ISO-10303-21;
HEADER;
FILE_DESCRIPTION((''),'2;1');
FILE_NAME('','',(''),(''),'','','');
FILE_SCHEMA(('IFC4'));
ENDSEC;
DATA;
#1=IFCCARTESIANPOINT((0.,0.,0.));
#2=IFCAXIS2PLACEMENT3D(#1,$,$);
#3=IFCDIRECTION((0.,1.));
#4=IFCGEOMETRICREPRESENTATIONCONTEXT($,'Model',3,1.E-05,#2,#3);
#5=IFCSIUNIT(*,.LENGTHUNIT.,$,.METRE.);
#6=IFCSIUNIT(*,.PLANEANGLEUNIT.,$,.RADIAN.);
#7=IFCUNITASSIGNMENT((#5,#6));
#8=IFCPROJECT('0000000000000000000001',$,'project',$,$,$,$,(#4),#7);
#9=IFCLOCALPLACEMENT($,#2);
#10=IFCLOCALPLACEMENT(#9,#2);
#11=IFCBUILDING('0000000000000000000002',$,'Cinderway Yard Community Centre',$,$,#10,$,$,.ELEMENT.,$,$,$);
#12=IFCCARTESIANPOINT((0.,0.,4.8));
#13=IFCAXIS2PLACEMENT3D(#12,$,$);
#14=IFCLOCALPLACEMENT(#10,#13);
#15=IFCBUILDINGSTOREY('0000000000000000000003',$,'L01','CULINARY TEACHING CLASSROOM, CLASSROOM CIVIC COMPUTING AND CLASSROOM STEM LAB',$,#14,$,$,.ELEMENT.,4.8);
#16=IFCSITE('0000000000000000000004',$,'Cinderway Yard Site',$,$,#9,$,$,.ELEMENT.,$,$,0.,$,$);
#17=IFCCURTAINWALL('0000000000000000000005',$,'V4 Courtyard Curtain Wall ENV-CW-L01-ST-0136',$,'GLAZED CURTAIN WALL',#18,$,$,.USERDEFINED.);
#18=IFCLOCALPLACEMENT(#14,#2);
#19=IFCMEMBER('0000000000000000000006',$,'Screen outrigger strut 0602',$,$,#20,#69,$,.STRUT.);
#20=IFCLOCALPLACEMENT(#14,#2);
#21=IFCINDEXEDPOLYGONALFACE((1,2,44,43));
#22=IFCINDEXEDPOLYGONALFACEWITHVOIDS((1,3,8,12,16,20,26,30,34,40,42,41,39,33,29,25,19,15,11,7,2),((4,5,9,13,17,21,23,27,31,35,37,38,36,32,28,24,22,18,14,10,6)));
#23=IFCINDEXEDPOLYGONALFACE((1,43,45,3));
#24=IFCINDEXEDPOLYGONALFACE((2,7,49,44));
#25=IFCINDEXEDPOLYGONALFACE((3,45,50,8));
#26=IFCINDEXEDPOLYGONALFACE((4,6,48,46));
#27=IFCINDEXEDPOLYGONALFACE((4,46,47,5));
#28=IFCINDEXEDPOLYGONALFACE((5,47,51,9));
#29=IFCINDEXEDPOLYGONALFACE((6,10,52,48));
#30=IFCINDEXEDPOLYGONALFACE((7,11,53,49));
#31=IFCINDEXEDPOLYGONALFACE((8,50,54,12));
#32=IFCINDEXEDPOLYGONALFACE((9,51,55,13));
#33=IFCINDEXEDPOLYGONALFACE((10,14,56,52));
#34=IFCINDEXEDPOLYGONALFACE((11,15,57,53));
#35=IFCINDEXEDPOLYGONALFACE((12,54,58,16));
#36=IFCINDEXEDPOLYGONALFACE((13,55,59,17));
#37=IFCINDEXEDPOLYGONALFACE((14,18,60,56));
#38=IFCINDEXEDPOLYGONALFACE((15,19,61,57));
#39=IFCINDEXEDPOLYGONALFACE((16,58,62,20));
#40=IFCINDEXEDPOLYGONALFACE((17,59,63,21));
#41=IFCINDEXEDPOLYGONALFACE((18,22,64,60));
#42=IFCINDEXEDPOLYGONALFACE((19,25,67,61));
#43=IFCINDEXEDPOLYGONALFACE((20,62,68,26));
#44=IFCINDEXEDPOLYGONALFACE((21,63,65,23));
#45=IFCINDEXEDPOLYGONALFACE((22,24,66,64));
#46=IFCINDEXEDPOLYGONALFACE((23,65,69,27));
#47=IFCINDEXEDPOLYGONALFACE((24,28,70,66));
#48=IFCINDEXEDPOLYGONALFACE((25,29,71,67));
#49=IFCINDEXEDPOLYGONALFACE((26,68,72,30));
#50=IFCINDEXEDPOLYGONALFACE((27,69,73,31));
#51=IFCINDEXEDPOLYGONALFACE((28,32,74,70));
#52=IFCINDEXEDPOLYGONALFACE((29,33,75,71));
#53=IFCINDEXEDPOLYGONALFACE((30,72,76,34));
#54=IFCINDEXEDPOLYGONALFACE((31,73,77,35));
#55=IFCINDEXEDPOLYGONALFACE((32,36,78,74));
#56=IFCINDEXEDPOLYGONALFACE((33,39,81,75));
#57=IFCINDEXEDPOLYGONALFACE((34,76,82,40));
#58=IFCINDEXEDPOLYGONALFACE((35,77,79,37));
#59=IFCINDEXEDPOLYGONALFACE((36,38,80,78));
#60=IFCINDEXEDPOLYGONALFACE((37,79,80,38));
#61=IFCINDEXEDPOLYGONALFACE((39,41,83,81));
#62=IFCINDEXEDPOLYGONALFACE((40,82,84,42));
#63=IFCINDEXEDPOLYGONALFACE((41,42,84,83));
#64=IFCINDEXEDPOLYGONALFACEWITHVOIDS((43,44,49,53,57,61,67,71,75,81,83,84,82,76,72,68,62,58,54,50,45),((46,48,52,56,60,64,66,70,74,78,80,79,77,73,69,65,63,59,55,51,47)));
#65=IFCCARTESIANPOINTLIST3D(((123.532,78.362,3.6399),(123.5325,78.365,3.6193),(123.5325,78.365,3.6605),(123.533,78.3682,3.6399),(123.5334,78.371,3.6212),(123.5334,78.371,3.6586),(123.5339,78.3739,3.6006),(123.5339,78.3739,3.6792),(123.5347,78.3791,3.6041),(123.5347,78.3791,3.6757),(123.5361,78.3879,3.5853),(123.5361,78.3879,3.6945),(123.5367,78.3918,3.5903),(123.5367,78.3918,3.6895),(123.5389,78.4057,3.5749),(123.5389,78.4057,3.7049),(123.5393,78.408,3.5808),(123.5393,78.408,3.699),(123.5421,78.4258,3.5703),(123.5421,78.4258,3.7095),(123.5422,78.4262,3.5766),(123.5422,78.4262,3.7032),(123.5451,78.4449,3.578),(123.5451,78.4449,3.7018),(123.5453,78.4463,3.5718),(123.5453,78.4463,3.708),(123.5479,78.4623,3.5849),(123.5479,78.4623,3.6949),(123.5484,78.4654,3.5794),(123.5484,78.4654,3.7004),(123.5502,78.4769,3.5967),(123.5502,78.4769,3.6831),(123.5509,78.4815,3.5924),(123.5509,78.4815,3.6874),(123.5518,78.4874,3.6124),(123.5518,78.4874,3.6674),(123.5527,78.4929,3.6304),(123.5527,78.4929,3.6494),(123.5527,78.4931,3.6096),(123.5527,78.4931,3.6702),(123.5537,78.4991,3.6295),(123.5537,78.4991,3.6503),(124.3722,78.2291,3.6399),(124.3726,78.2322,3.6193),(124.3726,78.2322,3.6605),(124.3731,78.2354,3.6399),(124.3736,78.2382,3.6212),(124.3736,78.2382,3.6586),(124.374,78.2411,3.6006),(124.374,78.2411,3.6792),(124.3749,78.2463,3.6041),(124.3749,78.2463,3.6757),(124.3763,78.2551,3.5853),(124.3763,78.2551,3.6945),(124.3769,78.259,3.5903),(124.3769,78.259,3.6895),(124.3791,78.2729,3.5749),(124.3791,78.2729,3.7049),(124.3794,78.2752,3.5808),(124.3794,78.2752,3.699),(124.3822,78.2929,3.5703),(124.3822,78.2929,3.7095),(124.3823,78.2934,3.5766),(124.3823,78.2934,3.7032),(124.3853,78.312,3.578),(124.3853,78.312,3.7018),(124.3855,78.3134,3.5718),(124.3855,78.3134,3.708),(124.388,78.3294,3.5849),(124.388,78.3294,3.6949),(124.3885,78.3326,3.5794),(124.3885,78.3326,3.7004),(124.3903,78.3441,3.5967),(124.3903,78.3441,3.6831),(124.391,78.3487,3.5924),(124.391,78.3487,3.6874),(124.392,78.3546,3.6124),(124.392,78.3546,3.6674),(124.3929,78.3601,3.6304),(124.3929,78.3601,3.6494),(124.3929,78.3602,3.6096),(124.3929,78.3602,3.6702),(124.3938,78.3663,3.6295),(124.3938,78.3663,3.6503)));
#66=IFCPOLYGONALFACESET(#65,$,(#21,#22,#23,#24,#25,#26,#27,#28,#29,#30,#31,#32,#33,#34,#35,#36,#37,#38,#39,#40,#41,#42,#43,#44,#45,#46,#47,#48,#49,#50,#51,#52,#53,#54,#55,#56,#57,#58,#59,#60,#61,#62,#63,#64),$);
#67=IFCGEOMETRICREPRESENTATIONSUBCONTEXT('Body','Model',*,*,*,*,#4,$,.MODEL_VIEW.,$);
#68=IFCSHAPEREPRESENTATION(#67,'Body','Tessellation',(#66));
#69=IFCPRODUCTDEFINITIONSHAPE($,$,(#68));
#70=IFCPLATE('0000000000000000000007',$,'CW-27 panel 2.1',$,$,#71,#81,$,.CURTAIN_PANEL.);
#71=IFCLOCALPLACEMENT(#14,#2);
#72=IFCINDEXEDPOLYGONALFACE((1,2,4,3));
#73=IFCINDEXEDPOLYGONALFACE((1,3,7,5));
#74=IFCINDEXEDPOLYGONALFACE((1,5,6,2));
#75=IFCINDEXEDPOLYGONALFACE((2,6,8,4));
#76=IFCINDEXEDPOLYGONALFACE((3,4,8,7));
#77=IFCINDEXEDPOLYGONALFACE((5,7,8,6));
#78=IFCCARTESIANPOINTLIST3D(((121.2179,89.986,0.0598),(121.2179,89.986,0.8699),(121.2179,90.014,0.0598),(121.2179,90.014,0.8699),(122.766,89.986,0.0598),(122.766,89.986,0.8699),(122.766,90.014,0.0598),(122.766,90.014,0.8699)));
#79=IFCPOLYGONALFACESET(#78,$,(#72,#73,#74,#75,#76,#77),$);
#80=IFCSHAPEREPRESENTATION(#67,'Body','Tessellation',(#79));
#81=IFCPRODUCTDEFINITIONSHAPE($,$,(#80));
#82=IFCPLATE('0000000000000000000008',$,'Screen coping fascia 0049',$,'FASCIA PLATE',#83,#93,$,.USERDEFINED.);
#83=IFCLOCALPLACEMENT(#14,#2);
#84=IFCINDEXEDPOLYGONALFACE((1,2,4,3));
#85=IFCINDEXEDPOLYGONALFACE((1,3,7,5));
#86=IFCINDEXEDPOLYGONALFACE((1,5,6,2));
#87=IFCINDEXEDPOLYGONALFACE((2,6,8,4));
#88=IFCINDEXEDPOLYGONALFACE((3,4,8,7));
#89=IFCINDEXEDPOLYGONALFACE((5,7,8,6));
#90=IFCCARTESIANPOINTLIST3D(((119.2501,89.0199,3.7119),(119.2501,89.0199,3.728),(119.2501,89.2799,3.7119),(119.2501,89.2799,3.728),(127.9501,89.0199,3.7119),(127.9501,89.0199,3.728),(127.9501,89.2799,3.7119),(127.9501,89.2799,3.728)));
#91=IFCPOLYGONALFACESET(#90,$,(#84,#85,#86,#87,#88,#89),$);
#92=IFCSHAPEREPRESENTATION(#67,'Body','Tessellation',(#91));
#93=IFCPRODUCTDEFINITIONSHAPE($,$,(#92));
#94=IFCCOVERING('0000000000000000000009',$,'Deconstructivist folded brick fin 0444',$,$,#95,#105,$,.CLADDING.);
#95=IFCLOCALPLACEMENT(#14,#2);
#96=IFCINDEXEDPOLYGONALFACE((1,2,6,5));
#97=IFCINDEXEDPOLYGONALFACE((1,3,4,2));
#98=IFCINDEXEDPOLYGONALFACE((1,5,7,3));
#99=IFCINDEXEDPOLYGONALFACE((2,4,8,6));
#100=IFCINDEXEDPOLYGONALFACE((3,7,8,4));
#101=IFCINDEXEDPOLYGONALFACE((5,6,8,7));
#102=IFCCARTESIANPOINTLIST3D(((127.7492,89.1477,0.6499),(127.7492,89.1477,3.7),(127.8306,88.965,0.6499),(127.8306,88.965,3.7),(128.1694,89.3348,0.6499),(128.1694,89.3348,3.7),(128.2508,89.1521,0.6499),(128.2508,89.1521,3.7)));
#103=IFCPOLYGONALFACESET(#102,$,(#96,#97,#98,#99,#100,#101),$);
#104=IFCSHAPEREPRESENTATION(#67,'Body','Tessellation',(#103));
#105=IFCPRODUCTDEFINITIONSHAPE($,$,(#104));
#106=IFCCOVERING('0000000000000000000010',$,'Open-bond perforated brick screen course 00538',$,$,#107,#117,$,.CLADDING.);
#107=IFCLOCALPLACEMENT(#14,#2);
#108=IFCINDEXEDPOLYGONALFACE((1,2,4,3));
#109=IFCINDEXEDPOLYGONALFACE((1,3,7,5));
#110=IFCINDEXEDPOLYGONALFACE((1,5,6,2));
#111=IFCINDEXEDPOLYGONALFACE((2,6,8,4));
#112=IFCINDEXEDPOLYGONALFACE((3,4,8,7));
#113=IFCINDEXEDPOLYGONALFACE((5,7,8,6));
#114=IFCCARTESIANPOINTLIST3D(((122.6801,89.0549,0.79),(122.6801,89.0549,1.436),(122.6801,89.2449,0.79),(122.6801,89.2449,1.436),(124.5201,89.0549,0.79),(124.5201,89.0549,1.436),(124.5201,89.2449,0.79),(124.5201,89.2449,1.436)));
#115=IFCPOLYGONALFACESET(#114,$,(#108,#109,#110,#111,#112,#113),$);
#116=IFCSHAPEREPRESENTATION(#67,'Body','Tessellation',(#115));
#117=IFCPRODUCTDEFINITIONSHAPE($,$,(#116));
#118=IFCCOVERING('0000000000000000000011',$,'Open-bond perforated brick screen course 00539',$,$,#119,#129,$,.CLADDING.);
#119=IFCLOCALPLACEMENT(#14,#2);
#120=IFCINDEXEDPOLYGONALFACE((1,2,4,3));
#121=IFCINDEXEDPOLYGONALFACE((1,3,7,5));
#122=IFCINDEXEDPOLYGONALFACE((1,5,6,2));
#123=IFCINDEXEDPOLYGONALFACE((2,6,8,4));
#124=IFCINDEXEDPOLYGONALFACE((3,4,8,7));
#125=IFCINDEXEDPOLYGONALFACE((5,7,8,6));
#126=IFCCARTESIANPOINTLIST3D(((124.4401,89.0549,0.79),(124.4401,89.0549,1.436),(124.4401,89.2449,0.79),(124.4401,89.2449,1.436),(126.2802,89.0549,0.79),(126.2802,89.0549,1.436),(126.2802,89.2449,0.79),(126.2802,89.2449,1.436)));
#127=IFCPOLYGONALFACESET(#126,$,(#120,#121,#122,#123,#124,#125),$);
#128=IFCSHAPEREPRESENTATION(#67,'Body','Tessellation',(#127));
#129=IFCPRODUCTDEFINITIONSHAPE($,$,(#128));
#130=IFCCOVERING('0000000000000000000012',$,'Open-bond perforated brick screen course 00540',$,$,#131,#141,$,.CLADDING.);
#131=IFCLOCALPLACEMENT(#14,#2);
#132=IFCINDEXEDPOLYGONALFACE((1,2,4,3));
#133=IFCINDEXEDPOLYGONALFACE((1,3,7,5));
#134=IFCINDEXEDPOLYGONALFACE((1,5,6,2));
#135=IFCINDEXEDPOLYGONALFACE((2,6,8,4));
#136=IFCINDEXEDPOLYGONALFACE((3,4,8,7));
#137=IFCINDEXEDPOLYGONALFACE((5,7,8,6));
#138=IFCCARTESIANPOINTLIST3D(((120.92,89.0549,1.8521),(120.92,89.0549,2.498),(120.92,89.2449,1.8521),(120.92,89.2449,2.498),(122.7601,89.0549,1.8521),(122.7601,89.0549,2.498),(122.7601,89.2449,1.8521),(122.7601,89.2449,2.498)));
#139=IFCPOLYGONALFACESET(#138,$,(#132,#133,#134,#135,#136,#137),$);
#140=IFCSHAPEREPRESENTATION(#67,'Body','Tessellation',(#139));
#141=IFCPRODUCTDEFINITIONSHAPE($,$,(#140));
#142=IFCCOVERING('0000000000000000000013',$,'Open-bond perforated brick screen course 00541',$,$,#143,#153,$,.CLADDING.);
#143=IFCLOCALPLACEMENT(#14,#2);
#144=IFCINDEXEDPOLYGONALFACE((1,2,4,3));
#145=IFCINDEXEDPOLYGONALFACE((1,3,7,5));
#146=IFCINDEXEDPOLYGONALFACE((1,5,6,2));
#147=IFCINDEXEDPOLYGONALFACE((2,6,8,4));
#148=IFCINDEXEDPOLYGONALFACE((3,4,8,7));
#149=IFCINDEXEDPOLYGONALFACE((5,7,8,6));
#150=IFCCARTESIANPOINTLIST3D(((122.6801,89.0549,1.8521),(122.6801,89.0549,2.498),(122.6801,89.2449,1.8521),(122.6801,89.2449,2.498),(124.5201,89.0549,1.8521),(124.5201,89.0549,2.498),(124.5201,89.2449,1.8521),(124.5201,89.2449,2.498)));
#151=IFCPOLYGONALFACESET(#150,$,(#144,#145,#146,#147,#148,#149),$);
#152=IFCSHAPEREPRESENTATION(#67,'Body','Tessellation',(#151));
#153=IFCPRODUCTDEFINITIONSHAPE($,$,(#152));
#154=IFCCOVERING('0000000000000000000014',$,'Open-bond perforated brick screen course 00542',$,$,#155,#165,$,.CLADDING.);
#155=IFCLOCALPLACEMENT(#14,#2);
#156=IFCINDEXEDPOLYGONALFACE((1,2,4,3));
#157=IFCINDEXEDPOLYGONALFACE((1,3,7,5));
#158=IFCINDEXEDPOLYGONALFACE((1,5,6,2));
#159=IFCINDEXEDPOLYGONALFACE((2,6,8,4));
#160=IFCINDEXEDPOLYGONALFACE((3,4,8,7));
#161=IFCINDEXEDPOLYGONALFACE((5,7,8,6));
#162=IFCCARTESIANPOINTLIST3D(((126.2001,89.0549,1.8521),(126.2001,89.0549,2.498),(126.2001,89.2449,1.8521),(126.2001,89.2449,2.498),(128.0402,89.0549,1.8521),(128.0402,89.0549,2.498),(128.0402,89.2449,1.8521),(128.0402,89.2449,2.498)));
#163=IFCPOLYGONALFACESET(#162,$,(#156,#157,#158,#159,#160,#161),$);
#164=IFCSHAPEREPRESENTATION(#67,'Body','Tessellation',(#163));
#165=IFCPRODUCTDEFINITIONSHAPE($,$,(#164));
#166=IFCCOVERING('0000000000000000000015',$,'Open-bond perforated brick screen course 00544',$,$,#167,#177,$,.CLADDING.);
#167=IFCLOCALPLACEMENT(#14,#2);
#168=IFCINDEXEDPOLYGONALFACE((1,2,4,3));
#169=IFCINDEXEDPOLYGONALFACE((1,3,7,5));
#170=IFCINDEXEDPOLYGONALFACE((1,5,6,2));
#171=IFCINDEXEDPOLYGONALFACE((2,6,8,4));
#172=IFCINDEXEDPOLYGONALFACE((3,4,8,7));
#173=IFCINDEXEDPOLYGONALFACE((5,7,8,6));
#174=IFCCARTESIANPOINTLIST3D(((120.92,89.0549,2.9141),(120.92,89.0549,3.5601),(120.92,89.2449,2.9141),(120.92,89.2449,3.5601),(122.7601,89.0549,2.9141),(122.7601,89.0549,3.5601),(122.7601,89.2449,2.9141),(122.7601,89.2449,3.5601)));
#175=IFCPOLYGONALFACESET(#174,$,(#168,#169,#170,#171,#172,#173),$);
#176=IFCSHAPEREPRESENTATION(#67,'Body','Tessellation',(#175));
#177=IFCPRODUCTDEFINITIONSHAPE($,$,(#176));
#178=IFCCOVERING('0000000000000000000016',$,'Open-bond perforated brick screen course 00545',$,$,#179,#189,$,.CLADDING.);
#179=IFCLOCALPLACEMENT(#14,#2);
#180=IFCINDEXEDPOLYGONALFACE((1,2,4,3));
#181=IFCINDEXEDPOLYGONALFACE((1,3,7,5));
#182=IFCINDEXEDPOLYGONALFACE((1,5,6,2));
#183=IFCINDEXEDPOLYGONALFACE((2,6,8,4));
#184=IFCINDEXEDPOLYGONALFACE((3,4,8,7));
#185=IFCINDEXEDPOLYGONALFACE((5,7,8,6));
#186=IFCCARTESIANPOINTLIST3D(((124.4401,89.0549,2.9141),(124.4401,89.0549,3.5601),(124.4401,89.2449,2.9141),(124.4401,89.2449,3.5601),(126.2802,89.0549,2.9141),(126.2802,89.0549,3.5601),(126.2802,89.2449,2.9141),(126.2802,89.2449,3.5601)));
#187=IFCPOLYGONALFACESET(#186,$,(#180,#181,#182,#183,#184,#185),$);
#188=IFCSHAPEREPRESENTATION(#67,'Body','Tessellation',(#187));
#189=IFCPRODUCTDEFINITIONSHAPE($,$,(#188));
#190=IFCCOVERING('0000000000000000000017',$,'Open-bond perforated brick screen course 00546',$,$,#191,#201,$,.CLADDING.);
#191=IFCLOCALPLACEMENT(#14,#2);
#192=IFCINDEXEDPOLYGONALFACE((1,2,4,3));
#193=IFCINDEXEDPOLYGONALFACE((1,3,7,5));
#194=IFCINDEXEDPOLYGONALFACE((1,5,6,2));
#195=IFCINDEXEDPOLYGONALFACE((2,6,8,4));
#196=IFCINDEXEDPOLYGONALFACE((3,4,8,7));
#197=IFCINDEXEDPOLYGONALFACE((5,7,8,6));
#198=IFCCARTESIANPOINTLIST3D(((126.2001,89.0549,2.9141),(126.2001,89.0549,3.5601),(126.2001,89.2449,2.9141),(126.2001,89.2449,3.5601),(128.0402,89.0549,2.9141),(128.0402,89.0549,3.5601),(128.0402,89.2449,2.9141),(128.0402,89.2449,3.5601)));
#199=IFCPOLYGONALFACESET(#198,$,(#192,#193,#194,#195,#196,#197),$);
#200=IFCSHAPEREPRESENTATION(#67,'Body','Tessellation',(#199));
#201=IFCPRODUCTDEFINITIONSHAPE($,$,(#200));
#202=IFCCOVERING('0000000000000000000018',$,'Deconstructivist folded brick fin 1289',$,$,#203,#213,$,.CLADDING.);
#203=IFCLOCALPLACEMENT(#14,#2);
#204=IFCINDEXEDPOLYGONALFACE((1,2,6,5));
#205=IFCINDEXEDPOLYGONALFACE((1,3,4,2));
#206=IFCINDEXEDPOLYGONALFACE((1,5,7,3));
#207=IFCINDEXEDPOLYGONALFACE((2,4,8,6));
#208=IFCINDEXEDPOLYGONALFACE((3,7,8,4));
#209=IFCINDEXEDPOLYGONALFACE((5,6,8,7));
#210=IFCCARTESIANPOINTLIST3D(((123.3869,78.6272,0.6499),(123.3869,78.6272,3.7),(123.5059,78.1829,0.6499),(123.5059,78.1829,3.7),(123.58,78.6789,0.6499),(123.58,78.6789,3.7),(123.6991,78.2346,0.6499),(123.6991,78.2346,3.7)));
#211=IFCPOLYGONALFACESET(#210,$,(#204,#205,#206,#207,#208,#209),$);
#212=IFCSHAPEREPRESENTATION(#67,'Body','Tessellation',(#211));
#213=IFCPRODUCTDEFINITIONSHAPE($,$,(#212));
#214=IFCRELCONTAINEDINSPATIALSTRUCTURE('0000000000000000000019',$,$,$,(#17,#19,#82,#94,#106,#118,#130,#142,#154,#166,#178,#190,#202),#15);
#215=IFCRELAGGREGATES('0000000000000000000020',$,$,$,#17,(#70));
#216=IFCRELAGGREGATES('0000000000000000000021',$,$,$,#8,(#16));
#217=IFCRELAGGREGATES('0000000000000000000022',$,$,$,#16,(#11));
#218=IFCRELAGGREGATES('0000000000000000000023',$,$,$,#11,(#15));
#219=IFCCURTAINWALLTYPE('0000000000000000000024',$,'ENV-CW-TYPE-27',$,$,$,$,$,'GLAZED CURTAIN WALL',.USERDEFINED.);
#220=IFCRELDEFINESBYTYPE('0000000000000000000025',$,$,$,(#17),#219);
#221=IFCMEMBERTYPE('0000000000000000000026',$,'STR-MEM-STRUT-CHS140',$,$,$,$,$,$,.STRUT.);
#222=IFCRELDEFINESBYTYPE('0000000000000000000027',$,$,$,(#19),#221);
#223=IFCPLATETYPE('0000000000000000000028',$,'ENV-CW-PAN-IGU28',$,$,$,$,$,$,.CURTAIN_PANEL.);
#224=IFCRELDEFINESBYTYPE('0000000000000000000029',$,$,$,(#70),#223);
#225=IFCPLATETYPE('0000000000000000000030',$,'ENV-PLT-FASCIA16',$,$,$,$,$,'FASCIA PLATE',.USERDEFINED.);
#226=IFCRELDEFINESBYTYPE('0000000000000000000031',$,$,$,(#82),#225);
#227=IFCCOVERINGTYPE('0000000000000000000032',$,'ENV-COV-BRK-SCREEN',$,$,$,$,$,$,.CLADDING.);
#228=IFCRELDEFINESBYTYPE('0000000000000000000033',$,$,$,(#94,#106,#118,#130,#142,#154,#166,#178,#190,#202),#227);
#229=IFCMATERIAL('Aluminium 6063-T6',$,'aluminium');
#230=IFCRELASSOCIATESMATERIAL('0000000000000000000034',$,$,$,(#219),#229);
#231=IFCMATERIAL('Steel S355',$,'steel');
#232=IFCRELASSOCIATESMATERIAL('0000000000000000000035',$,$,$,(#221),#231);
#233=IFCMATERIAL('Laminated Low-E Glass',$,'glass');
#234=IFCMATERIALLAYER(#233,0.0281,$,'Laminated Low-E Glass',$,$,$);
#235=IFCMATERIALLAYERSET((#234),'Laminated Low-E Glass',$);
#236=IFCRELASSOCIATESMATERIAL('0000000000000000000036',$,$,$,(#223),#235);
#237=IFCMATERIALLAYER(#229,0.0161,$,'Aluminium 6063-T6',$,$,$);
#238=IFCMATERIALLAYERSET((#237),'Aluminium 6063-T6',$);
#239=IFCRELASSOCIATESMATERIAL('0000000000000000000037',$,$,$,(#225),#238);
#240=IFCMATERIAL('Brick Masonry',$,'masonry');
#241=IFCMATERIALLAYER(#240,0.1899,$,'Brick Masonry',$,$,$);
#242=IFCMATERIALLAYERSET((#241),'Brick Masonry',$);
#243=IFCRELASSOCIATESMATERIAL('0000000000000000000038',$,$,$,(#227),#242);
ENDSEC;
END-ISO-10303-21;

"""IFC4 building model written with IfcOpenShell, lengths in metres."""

from ifc_helpers import new_model, si_unit, direction, frame, origin, origin_2d, place, context, subcontext, project, spatial, rectangle, hollow_circle, extrude, material, layer, layer_set, material_profile, profile_set, type_object, element, aggregate, save


model = new_model("IFC4")

# Units and contexts
model_context = context("Model", 3, precision=1e-05, world=origin(), true_north=direction((0.0, 1.0)))
body_context = subcontext(model_context, "Body", "Model", "MODEL_VIEW")
ifc_project = project(units=[si_unit("LENGTHUNIT", "METRE"), si_unit("PLANEANGLEUNIT", "RADIAN")], contexts=[model_context])

# Site, building, storey
site_placement = place(None, origin())
site = spatial("IfcSite", under=ifc_project, at=site_placement, Name="Cinderway Yard Site", CompositionType="ELEMENT", RefElevation=0.0)
building_placement = place(site_placement, origin())
building = spatial("IfcBuilding", under=site, at=building_placement, Name="Cinderway Yard Community Centre", CompositionType="ELEMENT")
storey_placement = place(building_placement, frame((0.0, 0.0, 4.8)))
storey = spatial("IfcBuildingStorey", under=building, at=storey_placement, Name="L01", Description="CULINARY TEACHING CLASSROOM, CLASSROOM CIVIC COMPUTING AND CLASSROOM STEM LAB", CompositionType="ELEMENT", Elevation=4.8)

# Curtain wall
ifc_material_1 = material(Name="Aluminium 6063-T6", Category="aluminium")
curtain_wall_type = type_object("IfcCurtainWallType", Name="ENV-CW-TYPE-27", ElementType="GLAZED CURTAIN WALL", PredefinedType="USERDEFINED", material=ifc_material_1)
curtain_wall_placement = place(storey_placement, origin())
curtain_wall = element("IfcCurtainWall", 1, at=curtain_wall_placement, inside=storey, type_object=curtain_wall_type, Name="V4 Courtyard Curtain Wall ENV-CW-L01-ST-0136", ObjectType="GLAZED CURTAIN WALL", PredefinedType="USERDEFINED")

# Member
ifc_material_2 = material(Name="Steel S355", Category="steel")
ifc_material_profile_1 = material_profile(ifc_material_2, hollow_circle(Radius=0.0698, WallThickness=0.0063, at=origin_2d()), Name="Steel S355")
ifc_profile_set_1 = profile_set([ifc_material_profile_1], Name="Steel S355")
member_type_1 = type_object("IfcMemberType", Name="STR-MEM-STRUT-CHS140", PredefinedType="STRUT", material=ifc_profile_set_1)
for number, where, z_axis, x_axis, name in (
    (2, (124.3831, 78.2981, 3.6399), (-0.987733, 0.156154, 0.0), (-0.156154, -0.987733, 0.0), "Screen outrigger strut 0602"),
):
    element("IfcMember", number, at=place(storey_placement, frame(where, z_axis=z_axis, x_axis=x_axis)), inside=storey, type_object=member_type_1, Name=name, PredefinedType="STRUT", context=body_context, shape_type="SweptSolid", body=[
        extrude(hollow_circle(Radius=0.0698, WallThickness=0.0063, at=origin_2d()), origin(), (0.0, 0.0, 1.0), 0.8506),
    ])

# Plates
ifc_material_3 = material(Name="Laminated Low-E Glass", Category="glass")
ifc_layer_1 = layer(ifc_material_3, 0.0281, Name="Laminated Low-E Glass")
ifc_layer_set_1 = layer_set([ifc_layer_1], Name="Laminated Low-E Glass")
plate_type_1 = type_object("IfcPlateType", Name="ENV-CW-PAN-IGU28", PredefinedType="CURTAIN_PANEL", material=ifc_layer_set_1)
plate_1_placement = place(storey_placement, frame((121.9919, 90.0, 0.0598), z_axis=(0.0, 0.0, 1.0), x_axis=(1.0, 0.0, 0.0)))
plate_1 = element("IfcPlate", 3, at=plate_1_placement, type_object=plate_type_1, Name="CW-27 panel 2.1", PredefinedType="CURTAIN_PANEL", context=body_context, shape_type="SweptSolid", body=[
    extrude(rectangle(XDim=1.5481, YDim=0.0281, at=origin_2d()), origin(), (0.0, 0.0, 1.0), 0.8101),
])
aggregate(curtain_wall, [plate_1])
ifc_layer_2 = layer(ifc_material_1, 0.0161, Name="Aluminium 6063-T6")
ifc_layer_set_2 = layer_set([ifc_layer_2], Name="Aluminium 6063-T6")
plate_type_2 = type_object("IfcPlateType", Name="ENV-PLT-FASCIA16", ElementType="FASCIA PLATE", PredefinedType="USERDEFINED", material=ifc_layer_set_2)
plate_2_placement = place(storey_placement, frame((123.6001, 89.1499, 3.7119), z_axis=(0.0, 0.0, 1.0), x_axis=(-1.0, 0.0, 0.0)))
element("IfcPlate", 4, at=plate_2_placement, inside=storey, type_object=plate_type_2, Name="Screen coping fascia 0049", ObjectType="FASCIA PLATE", PredefinedType="USERDEFINED", context=body_context, shape_type="SweptSolid", body=[
    extrude(rectangle(XDim=8.7, YDim=0.26, at=origin_2d()), origin(), (0.0, 0.0, 1.0), 0.0161),
])

# Coverings
ifc_material_4 = material(Name="Brick Masonry", Category="masonry")
ifc_layer_3 = layer(ifc_material_4, 0.1899, Name="Brick Masonry")
ifc_layer_set_3 = layer_set([ifc_layer_3], Name="Brick Masonry")
covering_type = type_object("IfcCoveringType", Name="ENV-COV-BRK-SCREEN", PredefinedType="CLADDING", material=ifc_layer_set_3)
covering_1_placement = place(storey_placement, frame((128.0, 89.1499, 0.6499), z_axis=(0.0, 0.0, 1.0), x_axis=(-0.913545, -0.406737, 0.0)))
element("IfcCovering", 5, at=covering_1_placement, inside=storey, type_object=covering_type, Name="Deconstructivist folded brick fin 0444", PredefinedType="CLADDING", context=body_context, shape_type="SweptSolid", body=[
    extrude(rectangle(XDim=0.46, YDim=0.2, at=origin_2d()), origin(), (0.0, 0.0, 1.0), 3.05),
])
for number, where, z_axis, x_axis, name in (
    (6, (123.6001, 89.1499, 0.79), (0.0, 0.0, 1.0), (-1.0, 0.0, 0.0), "Open-bond perforated brick screen course 00538"),
    (7, (125.3601, 89.1499, 0.79), (0.0, 0.0, 1.0), (-1.0, 0.0, 0.0), "Open-bond perforated brick screen course 00539"),
    (8, (121.8401, 89.1499, 1.8521), (0.0, 0.0, 1.0), (-1.0, 0.0, 0.0), "Open-bond perforated brick screen course 00540"),
    (9, (123.6001, 89.1499, 1.8521), (0.0, 0.0, 1.0), (-1.0, 0.0, 0.0), "Open-bond perforated brick screen course 00541"),
    (10, (127.1201, 89.1499, 1.8521), (0.0, 0.0, 1.0), (-1.0, 0.0, 0.0), "Open-bond perforated brick screen course 00542"),
    (11, (121.8401, 89.1499, 2.9141), (0.0, 0.0, 1.0), (-1.0, 0.0, 0.0), "Open-bond perforated brick screen course 00544"),
    (12, (125.3601, 89.1499, 2.9141), (0.0, 0.0, 1.0), (-1.0, 0.0, 0.0), "Open-bond perforated brick screen course 00545"),
    (13, (127.1201, 89.1499, 2.9141), (0.0, 0.0, 1.0), (-1.0, 0.0, 0.0), "Open-bond perforated brick screen course 00546"),
):
    element("IfcCovering", number, at=place(storey_placement, frame(where, z_axis=z_axis, x_axis=x_axis)), inside=storey, type_object=covering_type, Name=name, PredefinedType="CLADDING", context=body_context, shape_type="SweptSolid", body=[
        extrude(rectangle(XDim=1.8401, YDim=0.1899, at=origin_2d()), origin(), (0.0, 0.0, 1.0), 0.646),
    ])
covering_2_placement = place(storey_placement, frame((123.543, 78.4309, 0.6499), z_axis=(0.0, 0.0, 1.0), x_axis=(-0.258819, 0.965926, 0.0)))
element("IfcCovering", 14, at=covering_2_placement, inside=storey, type_object=covering_type, Name="Deconstructivist folded brick fin 1289", PredefinedType="CLADDING", context=body_context, shape_type="SweptSolid", body=[
    extrude(rectangle(XDim=0.46, YDim=0.2, at=origin_2d()), origin(), (0.0, 0.0, 1.0), 3.05),
])

save(model, "model.ifc")
